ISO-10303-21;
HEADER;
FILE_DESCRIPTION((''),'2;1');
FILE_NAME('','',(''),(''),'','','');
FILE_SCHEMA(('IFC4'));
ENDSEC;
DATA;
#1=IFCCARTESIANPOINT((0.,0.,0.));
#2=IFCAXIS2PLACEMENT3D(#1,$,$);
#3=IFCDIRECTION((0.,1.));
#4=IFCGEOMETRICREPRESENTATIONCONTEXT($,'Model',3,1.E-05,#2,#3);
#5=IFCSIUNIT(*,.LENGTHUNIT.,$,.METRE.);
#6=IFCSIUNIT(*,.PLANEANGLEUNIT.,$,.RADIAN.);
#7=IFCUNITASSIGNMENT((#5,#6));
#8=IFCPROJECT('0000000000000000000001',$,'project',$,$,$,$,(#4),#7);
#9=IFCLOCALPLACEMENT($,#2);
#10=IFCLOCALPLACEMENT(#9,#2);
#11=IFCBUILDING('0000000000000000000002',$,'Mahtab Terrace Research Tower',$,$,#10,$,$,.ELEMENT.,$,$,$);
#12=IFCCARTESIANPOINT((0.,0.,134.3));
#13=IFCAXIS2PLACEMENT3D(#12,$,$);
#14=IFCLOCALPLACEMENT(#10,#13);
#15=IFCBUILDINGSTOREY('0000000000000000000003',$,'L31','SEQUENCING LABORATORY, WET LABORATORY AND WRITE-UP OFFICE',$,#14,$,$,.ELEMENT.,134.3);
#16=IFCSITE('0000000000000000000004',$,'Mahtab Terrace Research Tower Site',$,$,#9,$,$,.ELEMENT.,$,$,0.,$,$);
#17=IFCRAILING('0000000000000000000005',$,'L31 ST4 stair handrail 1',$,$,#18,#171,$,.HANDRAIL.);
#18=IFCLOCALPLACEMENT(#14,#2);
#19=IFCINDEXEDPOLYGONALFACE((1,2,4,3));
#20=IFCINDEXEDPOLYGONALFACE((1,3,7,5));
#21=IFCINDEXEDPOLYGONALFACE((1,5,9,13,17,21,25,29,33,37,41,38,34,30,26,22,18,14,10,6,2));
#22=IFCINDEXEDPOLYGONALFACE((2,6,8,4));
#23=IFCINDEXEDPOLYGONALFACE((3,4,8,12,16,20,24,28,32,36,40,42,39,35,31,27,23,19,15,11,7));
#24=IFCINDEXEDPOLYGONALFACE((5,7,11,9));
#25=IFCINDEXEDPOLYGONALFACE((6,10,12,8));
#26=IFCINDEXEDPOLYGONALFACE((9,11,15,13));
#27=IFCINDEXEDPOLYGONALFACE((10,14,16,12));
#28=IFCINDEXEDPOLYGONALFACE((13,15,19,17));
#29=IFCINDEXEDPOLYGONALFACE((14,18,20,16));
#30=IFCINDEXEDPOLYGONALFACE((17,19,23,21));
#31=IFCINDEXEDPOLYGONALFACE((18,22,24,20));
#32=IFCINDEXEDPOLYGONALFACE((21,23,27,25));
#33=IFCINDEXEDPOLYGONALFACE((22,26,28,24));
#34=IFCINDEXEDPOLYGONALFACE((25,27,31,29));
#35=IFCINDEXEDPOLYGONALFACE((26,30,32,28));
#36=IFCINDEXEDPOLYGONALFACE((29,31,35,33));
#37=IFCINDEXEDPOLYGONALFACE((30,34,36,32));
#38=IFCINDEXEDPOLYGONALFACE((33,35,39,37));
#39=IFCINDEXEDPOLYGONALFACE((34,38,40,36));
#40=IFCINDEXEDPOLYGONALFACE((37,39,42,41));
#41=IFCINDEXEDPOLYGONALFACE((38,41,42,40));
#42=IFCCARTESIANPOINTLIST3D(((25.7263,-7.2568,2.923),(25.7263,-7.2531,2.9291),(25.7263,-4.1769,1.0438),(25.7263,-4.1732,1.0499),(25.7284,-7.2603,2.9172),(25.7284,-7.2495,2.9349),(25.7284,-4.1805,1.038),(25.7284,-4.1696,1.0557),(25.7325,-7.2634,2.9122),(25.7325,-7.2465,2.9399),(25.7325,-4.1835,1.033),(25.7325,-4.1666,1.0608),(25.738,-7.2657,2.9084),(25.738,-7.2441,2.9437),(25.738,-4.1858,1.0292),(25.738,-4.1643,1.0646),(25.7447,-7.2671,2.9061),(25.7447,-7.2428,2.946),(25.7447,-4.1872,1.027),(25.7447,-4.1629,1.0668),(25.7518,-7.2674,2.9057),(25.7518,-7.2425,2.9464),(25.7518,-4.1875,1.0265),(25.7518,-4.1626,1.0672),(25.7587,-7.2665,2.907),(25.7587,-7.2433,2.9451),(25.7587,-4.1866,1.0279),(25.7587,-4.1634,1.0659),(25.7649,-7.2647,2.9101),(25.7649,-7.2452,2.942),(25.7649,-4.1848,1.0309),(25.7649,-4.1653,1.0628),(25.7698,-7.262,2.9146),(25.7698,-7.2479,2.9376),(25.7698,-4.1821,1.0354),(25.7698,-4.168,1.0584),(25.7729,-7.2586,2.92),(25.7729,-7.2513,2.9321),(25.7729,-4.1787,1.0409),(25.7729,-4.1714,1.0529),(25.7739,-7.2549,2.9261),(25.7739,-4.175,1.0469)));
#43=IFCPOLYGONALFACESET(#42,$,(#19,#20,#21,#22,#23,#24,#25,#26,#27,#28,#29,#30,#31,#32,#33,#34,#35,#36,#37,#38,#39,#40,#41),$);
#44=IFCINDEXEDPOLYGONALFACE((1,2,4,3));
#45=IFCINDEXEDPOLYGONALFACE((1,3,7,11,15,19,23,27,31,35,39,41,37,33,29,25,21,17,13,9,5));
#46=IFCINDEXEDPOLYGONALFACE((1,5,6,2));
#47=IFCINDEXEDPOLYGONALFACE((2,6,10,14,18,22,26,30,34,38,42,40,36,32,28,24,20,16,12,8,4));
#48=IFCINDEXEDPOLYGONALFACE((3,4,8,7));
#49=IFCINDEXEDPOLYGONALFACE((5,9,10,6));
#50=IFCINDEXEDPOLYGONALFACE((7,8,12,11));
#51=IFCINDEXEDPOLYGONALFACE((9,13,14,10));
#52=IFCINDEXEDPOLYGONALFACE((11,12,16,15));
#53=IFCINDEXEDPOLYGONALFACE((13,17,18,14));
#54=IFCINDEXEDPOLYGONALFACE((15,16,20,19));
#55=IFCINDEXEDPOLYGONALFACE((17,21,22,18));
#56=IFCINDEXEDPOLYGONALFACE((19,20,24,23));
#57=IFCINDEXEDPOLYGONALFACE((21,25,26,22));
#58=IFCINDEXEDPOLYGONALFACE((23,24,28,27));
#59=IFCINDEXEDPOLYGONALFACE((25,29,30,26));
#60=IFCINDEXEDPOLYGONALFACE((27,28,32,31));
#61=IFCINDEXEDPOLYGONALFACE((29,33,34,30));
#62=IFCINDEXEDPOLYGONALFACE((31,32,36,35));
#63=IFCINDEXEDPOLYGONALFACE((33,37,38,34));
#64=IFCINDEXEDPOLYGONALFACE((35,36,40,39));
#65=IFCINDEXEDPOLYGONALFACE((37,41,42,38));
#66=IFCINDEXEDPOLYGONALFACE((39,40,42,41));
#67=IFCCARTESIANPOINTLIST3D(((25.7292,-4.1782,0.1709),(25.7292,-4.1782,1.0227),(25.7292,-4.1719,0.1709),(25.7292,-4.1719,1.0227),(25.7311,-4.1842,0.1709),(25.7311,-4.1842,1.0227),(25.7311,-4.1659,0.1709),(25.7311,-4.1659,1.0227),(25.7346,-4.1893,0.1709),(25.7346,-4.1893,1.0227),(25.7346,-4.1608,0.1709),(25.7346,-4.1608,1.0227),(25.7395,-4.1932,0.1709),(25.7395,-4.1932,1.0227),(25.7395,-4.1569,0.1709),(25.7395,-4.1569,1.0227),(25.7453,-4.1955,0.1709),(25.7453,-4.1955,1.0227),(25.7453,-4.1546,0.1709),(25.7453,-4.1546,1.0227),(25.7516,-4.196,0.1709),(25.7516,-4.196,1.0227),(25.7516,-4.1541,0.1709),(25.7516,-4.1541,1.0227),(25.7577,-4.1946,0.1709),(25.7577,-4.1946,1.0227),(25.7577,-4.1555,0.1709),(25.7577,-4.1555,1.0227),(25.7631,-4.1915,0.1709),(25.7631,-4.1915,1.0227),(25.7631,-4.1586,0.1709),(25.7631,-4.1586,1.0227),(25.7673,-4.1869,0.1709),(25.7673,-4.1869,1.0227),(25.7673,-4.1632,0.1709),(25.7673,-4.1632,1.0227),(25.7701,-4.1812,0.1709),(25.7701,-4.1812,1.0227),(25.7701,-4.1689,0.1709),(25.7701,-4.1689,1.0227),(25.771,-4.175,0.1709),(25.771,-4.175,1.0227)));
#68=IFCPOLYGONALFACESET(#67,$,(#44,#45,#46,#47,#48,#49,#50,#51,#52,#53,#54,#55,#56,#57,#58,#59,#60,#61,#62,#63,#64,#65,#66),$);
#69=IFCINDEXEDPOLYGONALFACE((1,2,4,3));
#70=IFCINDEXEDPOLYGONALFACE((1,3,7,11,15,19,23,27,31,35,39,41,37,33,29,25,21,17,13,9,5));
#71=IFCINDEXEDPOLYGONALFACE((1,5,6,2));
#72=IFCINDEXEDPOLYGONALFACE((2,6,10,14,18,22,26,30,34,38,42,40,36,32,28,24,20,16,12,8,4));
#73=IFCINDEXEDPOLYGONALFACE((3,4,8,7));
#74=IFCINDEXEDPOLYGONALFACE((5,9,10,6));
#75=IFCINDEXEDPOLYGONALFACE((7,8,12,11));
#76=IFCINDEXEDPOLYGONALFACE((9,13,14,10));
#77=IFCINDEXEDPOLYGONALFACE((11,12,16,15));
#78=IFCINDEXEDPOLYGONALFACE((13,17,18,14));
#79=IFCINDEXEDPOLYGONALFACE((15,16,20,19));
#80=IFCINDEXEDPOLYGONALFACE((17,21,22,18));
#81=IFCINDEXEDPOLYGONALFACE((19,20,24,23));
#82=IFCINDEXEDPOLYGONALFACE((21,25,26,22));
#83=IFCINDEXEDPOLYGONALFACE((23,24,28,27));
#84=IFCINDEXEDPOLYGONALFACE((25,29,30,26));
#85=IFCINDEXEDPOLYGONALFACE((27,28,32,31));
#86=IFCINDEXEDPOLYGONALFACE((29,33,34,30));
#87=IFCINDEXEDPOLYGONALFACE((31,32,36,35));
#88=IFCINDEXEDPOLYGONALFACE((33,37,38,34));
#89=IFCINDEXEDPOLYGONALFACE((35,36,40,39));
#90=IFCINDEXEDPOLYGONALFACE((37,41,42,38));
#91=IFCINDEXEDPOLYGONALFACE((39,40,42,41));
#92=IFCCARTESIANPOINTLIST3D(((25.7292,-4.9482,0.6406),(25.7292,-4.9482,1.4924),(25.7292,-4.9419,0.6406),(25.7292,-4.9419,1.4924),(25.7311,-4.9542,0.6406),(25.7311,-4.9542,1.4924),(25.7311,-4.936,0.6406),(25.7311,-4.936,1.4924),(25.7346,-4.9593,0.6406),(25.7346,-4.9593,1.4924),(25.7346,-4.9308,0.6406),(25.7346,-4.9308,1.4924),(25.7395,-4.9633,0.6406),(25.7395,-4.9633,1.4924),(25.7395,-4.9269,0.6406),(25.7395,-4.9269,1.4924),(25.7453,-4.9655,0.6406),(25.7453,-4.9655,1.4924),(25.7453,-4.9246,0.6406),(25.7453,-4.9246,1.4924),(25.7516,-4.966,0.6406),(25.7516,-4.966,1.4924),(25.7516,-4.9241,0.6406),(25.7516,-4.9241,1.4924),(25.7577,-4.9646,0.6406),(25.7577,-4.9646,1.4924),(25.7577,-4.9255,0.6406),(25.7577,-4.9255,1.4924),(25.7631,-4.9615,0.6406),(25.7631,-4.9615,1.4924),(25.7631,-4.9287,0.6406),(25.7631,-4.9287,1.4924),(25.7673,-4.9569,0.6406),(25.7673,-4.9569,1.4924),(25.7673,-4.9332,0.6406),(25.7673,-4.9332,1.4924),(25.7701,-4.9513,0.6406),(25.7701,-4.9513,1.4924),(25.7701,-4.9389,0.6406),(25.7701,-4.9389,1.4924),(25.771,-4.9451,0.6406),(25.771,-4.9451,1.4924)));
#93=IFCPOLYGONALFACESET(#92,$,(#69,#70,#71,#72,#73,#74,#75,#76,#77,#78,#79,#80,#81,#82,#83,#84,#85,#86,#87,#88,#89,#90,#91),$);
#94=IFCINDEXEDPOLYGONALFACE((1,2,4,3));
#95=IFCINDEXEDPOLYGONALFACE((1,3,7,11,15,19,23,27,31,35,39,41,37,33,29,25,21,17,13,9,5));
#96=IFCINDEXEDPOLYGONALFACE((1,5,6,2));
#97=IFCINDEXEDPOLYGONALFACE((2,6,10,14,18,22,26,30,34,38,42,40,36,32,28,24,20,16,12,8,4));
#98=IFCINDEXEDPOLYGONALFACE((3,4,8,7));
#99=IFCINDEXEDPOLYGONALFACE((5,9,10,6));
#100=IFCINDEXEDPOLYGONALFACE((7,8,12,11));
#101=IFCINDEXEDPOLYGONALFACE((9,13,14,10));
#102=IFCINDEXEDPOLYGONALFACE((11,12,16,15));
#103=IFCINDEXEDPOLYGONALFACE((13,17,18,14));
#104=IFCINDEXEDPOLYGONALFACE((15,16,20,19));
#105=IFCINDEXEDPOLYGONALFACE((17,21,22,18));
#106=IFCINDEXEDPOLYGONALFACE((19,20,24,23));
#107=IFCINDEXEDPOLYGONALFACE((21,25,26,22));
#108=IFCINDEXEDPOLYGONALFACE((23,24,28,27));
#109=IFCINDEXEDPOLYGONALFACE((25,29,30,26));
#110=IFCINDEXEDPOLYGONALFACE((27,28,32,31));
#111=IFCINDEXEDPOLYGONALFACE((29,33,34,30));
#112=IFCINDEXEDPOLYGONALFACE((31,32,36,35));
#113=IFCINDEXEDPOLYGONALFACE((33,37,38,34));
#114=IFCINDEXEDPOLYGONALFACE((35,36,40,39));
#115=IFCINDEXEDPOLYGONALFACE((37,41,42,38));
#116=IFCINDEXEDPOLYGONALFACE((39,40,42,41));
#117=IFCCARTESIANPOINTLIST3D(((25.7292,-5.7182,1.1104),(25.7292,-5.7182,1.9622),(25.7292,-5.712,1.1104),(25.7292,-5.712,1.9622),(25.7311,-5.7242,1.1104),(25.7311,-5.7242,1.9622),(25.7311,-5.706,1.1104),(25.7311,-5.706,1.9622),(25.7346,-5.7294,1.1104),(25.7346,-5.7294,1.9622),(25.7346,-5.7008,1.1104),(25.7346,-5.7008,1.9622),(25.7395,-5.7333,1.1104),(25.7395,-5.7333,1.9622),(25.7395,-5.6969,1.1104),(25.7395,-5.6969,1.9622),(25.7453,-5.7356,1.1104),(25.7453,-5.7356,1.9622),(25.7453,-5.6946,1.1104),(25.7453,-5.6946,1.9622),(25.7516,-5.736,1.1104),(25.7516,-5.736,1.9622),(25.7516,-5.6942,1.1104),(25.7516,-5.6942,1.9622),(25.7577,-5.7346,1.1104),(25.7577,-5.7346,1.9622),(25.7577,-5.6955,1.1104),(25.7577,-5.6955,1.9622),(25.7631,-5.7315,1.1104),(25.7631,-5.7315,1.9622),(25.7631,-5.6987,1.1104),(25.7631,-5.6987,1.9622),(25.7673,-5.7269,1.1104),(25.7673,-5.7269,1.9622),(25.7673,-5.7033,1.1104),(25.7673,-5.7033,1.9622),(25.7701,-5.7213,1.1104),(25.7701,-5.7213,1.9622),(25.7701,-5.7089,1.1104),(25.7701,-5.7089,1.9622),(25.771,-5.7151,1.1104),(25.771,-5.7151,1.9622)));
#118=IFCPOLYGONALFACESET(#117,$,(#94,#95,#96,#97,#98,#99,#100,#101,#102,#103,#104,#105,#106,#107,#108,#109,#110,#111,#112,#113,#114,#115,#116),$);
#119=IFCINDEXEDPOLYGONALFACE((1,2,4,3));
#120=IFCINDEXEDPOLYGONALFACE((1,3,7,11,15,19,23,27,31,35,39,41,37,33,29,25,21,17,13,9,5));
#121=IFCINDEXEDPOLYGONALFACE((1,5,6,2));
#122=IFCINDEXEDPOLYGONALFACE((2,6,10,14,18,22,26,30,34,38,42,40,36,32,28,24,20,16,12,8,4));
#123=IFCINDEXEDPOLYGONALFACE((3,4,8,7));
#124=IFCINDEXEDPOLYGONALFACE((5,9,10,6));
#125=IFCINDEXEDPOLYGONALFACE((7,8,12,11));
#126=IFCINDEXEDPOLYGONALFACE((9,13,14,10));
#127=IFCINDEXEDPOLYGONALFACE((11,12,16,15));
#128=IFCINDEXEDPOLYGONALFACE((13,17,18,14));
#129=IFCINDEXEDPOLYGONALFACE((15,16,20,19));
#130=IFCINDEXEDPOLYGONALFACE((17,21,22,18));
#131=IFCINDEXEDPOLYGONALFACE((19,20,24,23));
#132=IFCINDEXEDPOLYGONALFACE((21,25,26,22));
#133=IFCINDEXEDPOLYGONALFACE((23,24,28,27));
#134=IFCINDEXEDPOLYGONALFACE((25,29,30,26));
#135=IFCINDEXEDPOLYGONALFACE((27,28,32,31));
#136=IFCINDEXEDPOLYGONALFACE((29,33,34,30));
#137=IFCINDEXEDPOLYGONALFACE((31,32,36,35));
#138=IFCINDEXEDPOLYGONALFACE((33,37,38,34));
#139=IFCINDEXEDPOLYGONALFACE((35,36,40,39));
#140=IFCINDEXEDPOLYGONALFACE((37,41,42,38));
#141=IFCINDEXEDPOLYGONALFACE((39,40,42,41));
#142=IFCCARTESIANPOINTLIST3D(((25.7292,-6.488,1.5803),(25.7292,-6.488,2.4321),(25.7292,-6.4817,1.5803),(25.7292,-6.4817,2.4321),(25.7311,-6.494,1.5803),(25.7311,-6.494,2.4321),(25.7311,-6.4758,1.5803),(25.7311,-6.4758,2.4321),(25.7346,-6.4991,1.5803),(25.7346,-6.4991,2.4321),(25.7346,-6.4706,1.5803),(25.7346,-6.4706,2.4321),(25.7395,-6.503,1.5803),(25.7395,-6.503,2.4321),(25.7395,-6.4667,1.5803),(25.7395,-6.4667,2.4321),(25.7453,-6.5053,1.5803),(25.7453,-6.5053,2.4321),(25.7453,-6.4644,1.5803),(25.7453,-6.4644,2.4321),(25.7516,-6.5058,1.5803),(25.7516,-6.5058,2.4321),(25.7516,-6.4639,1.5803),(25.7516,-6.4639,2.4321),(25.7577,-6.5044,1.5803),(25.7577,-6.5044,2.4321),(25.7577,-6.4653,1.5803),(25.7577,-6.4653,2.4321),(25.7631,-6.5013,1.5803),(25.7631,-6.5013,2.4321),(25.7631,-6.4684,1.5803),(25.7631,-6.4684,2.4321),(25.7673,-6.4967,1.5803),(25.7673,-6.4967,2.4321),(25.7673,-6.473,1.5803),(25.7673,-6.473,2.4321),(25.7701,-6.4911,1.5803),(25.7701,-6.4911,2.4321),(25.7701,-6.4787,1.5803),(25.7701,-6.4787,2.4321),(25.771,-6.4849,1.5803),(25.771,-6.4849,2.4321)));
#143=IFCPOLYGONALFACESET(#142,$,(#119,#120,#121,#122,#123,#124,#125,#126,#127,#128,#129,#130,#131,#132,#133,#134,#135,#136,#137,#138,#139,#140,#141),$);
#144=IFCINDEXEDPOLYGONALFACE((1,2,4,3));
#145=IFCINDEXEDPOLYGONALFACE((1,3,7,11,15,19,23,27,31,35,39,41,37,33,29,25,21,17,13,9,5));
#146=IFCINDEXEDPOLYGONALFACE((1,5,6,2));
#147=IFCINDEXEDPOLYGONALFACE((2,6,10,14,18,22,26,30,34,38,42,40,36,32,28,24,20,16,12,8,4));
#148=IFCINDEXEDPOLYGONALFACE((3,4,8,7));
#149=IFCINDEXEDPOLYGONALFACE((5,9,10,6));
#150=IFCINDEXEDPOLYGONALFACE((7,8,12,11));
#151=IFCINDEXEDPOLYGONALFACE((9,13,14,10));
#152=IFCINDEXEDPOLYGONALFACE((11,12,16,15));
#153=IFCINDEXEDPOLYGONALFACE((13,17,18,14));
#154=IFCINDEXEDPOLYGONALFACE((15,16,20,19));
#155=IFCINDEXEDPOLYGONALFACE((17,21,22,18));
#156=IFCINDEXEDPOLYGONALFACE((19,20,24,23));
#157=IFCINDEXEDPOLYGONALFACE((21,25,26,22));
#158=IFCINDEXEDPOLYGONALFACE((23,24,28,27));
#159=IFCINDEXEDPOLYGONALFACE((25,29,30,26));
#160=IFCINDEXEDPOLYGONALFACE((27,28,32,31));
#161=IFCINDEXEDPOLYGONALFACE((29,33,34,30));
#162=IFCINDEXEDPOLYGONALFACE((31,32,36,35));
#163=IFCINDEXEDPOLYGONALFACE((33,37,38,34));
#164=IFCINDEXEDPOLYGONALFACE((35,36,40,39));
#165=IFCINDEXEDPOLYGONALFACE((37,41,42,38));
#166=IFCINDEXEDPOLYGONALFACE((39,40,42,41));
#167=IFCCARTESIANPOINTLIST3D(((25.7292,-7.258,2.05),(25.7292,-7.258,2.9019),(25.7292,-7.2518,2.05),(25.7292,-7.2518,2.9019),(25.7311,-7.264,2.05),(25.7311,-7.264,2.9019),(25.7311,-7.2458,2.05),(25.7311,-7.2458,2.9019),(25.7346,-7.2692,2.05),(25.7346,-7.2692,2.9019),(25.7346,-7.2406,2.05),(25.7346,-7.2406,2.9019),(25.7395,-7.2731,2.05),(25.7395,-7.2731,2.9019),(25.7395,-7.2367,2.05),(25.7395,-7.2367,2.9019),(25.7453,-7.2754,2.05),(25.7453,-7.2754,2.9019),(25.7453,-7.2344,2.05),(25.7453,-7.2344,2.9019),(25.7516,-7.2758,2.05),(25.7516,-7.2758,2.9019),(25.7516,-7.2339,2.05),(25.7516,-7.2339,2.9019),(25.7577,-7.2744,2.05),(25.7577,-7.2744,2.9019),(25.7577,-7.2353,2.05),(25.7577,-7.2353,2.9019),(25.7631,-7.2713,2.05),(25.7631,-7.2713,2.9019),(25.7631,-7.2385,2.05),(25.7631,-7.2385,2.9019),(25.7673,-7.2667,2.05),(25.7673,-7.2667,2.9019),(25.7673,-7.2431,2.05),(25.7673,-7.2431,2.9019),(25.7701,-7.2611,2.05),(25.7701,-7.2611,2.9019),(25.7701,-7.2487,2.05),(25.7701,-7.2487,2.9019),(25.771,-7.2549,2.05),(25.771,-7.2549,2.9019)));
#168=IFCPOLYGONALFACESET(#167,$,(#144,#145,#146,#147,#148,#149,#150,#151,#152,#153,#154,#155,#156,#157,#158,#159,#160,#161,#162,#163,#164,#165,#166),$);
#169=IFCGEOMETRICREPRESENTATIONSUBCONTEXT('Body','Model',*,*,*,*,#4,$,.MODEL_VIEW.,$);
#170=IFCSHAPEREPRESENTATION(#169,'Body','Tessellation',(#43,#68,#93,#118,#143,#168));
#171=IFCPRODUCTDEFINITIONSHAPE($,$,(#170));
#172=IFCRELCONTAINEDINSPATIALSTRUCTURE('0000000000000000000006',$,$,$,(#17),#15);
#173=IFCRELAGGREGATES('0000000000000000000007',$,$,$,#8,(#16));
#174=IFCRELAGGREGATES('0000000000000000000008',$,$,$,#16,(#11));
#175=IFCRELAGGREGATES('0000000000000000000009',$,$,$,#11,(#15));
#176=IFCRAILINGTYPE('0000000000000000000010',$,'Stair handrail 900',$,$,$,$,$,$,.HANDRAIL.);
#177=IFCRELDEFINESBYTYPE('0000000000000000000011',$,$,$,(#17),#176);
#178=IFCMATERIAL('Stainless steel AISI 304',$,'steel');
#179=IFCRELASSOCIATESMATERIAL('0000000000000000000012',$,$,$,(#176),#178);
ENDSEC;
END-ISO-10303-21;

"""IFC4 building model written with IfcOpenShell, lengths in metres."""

from ifc_helpers import new_model, si_unit, direction, frame, origin, origin_2d, place, context, subcontext, project, spatial, circle, extrude, material, type_object, element, save


model = new_model("IFC4")

# Units and contexts
model_context = context("Model", 3, precision=1e-05, world=origin(), true_north=direction((0.0, 1.0)))
body_context = subcontext(model_context, "Body", "Model", "MODEL_VIEW")
ifc_project = project(units=[si_unit("LENGTHUNIT", "METRE"), si_unit("PLANEANGLEUNIT", "RADIAN")], contexts=[model_context])

# Site, building, storey
site_placement = place(None, origin())
site = spatial("IfcSite", under=ifc_project, at=site_placement, Name="Mahtab Terrace Research Tower Site", CompositionType="ELEMENT", RefElevation=0.0)
building_placement = place(site_placement, origin())
building = spatial("IfcBuilding", under=site, at=building_placement, Name="Mahtab Terrace Research Tower", CompositionType="ELEMENT")
storey_placement = place(building_placement, frame((0.0, 0.0, 134.3)))
storey = spatial("IfcBuildingStorey", under=building, at=storey_placement, Name="L31", Description="SEQUENCING LABORATORY, WET LABORATORY AND WRITE-UP OFFICE", CompositionType="ELEMENT", Elevation=134.3)

# Railing
ifc_material_1 = material(Name="Stainless steel AISI 304", Category="steel")
railing_type_1 = type_object("IfcRailingType", Name="Stair handrail 900", PredefinedType="HANDRAIL", material=ifc_material_1)
railing_1_placement = place(storey_placement, frame((25.75, -4.175, 0.1709)))
element("IfcRailing", 1, at=railing_1_placement, inside=storey, type_object=railing_type_1, Name="L31 ST4 stair handrail 1", PredefinedType="HANDRAIL", context=body_context, shape_type="SweptSolid", body=[
    extrude(circle(Radius=0.0239, at=origin_2d()), frame((0.0, 0.0, 0.876), z_axis=(0.0, -0.853648, 0.52085), x_axis=(1.0, 0.0, 0.0)), (0.0, 0.0, 1.0), 3.6079),
    extrude(circle(Radius=0.021, at=origin_2d()), origin(), (0.0, 0.0, 1.0), 0.8518),
    extrude(circle(Radius=0.021, at=origin_2d()), frame((0.0, -0.77, 0.4697)), (0.0, 0.0, 1.0), 0.8518),
    extrude(circle(Radius=0.021, at=origin_2d()), frame((0.0, -1.54, 0.9395)), (0.0, 0.0, 1.0), 0.8518),
    extrude(circle(Radius=0.021, at=origin_2d()), frame((0.0, -2.3098, 1.4094)), (0.0, 0.0, 1.0), 0.8518),
    extrude(circle(Radius=0.021, at=origin_2d()), frame((0.0, -3.0798, 1.8792)), (0.0, 0.0, 1.0), 0.8518),
])

save(model, "model.ifc")
